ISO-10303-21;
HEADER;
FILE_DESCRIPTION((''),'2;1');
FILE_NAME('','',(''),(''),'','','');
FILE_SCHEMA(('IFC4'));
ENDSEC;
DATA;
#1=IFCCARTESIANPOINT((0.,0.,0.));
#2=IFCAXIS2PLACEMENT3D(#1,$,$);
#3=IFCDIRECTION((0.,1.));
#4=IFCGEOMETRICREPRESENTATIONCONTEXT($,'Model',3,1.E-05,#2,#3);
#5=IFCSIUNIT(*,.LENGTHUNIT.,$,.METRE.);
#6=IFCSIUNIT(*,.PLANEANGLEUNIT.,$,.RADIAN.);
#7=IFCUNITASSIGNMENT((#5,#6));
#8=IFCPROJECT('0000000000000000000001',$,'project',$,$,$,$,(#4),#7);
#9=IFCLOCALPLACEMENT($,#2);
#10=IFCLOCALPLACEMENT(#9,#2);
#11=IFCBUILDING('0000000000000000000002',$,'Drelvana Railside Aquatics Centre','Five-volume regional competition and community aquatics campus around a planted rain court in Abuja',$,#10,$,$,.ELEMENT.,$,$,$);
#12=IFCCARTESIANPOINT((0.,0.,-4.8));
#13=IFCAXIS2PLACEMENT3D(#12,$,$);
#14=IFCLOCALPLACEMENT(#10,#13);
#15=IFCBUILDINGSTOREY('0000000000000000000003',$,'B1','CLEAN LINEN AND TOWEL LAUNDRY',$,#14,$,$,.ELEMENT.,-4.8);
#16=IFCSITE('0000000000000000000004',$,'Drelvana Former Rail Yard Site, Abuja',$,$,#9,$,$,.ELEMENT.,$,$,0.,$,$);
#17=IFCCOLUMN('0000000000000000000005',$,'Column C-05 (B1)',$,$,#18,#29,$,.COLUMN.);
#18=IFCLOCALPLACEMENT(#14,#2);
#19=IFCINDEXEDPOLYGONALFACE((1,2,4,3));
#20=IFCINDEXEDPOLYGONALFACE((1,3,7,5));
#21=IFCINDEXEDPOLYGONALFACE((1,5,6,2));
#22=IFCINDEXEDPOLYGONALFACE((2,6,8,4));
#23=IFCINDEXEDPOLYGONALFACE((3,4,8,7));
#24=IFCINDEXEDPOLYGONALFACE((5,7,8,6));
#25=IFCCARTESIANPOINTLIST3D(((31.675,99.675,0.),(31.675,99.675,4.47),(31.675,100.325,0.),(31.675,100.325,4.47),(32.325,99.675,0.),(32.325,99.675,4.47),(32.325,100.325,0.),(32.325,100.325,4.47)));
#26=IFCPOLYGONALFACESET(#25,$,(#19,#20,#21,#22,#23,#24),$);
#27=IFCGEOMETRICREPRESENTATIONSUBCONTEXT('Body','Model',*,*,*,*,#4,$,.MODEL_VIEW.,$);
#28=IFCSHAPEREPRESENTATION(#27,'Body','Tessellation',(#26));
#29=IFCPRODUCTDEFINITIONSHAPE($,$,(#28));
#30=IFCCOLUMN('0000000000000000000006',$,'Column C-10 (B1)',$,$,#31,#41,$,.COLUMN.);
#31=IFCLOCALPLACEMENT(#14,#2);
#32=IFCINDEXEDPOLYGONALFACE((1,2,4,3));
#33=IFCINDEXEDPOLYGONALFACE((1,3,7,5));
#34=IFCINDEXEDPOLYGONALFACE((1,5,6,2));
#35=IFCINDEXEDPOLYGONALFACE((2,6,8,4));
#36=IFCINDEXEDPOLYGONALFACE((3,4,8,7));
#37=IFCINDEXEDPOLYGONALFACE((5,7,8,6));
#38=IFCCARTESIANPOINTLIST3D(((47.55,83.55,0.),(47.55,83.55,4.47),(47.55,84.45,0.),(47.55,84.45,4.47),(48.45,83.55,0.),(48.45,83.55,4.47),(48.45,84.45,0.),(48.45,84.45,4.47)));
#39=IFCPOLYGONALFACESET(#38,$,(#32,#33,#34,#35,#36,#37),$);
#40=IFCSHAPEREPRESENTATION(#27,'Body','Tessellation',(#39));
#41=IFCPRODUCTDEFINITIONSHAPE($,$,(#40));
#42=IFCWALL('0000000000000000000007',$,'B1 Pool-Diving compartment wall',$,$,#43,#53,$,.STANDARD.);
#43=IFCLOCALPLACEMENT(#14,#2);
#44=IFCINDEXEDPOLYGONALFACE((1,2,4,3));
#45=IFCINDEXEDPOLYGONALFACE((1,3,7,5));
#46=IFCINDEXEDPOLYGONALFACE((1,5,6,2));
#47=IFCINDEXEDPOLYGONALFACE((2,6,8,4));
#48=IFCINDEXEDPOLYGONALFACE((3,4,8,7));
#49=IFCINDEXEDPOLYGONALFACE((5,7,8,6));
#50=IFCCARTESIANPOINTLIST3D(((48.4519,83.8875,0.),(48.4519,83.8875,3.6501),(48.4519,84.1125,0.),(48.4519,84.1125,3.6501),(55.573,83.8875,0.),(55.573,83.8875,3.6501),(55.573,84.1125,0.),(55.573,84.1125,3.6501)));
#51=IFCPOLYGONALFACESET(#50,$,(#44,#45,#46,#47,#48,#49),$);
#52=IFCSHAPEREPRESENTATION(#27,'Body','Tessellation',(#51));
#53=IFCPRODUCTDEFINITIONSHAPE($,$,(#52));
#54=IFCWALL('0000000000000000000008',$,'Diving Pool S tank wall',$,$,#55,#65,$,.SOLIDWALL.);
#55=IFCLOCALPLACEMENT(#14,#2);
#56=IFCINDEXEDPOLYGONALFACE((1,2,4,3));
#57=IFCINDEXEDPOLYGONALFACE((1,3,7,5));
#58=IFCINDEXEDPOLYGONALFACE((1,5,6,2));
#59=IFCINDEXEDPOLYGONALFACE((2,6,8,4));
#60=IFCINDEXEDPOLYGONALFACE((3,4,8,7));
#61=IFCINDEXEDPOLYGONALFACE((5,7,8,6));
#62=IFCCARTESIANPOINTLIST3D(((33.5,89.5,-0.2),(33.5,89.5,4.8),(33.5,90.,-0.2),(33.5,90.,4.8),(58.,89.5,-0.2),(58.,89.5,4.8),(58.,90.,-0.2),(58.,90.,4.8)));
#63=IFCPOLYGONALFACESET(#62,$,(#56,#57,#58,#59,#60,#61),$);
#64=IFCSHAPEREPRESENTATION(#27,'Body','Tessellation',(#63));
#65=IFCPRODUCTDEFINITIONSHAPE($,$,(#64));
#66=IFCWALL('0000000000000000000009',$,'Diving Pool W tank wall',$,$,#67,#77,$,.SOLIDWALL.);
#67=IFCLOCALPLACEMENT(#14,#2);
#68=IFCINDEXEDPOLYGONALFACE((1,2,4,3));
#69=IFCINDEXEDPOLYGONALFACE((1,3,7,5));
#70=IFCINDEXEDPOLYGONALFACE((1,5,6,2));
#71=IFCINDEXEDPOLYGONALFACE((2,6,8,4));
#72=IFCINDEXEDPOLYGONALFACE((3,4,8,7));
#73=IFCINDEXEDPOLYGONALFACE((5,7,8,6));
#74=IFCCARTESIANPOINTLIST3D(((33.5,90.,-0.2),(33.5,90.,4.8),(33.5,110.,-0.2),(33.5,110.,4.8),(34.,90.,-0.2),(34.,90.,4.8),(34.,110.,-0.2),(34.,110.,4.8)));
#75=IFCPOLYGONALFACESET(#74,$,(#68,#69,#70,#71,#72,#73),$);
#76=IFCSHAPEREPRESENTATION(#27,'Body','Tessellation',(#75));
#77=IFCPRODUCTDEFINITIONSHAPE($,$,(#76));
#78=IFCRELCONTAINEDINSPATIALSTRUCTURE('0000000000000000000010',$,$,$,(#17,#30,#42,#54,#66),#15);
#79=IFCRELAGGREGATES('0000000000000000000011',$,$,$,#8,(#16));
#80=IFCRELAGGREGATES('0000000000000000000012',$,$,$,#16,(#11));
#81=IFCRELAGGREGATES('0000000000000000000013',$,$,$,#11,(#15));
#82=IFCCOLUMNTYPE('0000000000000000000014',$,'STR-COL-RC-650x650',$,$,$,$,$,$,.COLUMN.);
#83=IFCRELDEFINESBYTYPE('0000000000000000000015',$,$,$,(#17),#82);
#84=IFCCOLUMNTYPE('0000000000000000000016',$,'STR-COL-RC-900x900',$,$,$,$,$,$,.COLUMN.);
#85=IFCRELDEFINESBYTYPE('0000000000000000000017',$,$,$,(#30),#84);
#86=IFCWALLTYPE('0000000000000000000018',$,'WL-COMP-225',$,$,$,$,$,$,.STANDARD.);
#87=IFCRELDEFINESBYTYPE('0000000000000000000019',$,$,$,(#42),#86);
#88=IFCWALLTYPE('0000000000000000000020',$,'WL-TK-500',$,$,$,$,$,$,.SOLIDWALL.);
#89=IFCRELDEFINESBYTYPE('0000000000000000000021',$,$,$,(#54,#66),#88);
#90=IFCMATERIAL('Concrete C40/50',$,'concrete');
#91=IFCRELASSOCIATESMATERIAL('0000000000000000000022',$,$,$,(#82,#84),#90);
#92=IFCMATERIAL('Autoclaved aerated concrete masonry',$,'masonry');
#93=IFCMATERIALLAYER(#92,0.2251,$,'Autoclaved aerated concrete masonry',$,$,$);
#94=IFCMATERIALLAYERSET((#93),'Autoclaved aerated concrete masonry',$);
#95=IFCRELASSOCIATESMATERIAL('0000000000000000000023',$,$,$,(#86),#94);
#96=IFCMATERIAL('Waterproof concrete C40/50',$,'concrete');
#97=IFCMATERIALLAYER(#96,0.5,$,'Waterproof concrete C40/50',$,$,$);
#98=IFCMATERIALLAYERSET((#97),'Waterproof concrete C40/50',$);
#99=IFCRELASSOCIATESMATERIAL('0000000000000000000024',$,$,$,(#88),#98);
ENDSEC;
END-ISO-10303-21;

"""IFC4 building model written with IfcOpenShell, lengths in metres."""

from ifc_helpers import new_model, si_unit, direction, frame, frame_2d, origin, origin_2d, place, context, subcontext, project, spatial, rectangle, extrude, material, layer, layer_set, material_profile, profile_set, type_object, element, save


model = new_model("IFC4")

# Units and contexts
model_context = context("Model", 3, precision=1e-05, world=origin(), true_north=direction((0.0, 1.0)))
body_context = subcontext(model_context, "Body", "Model", "MODEL_VIEW")
ifc_project = project(units=[si_unit("LENGTHUNIT", "METRE"), si_unit("PLANEANGLEUNIT", "RADIAN")], contexts=[model_context])

# Site, building, storey
site_placement = place(None, origin())
site = spatial("IfcSite", under=ifc_project, at=site_placement, Name="Drelvana Former Rail Yard Site, Abuja", CompositionType="ELEMENT", RefElevation=0.0)
building_placement = place(site_placement, origin())
building = spatial("IfcBuilding", under=site, at=building_placement, Name="Drelvana Railside Aquatics Centre", Description="Five-volume regional competition and community aquatics campus around a planted rain court in Abuja", CompositionType="ELEMENT")
storey_placement = place(building_placement, frame((0.0, 0.0, -4.8)))
storey = spatial("IfcBuildingStorey", under=building, at=storey_placement, Name="B1", Description="CLEAN LINEN AND TOWEL LAUNDRY", CompositionType="ELEMENT", Elevation=-4.8)

# Columns
ifc_material_1 = material(Name="Concrete C40/50", Category="concrete")
ifc_material_profile_1 = material_profile(ifc_material_1, rectangle(XDim=0.6499, YDim=0.6499, at=origin_2d()), Name="RC 650x650")
ifc_profile_set_1 = profile_set([ifc_material_profile_1], Name="Concrete C40/50")
column_type_1 = type_object("IfcColumnType", Name="STR-COL-RC-650x650", PredefinedType="COLUMN", material=ifc_profile_set_1)
for number, where, z_axis, x_axis, name in (
    (1, (32.0, 100.0, 0.0), (0.0, 0.0, 1.0), (1.0, 0.0, 0.0), "Column C-05 (B1)"),
):
    element("IfcColumn", number, at=place(storey_placement, frame(where, z_axis=z_axis, x_axis=x_axis)), inside=storey, type_object=column_type_1, Name=name, PredefinedType="COLUMN", context=body_context, shape_type="SweptSolid", body=[
        extrude(rectangle(XDim=0.6499, YDim=0.6499, at=origin_2d()), origin(), (0.0, 0.0, 1.0), 4.47),
    ])
ifc_material_profile_2 = material_profile(ifc_material_1, rectangle(XDim=0.8999, YDim=0.8999, at=origin_2d()), Name="RC 900x900")
ifc_profile_set_2 = profile_set([ifc_material_profile_2], Name="Concrete C40/50")
column_type_2 = type_object("IfcColumnType", Name="STR-COL-RC-900x900", PredefinedType="COLUMN", material=ifc_profile_set_2)
column_placement = place(storey_placement, frame((48.0, 84.0, 0.0), z_axis=(0.0, 0.0, 1.0), x_axis=(1.0, 0.0, 0.0)))
element("IfcColumn", 2, at=column_placement, inside=storey, type_object=column_type_2, Name="Column C-10 (B1)", PredefinedType="COLUMN", context=body_context, shape_type="SweptSolid", body=[
    extrude(rectangle(XDim=0.8999, YDim=0.8999, at=origin_2d()), origin(), (0.0, 0.0, 1.0), 4.47),
])

# Walls
ifc_material_2 = material(Name="Autoclaved aerated concrete masonry", Category="masonry")
ifc_layer_1 = layer(ifc_material_2, 0.2251, Name="Autoclaved aerated concrete masonry")
ifc_layer_set_1 = layer_set([ifc_layer_1], Name="Autoclaved aerated concrete masonry")
wall_type_1 = type_object("IfcWallType", Name="WL-COMP-225", PredefinedType="STANDARD", material=ifc_layer_set_1)
wall_1_placement = place(storey_placement, frame((48.4519, 84.0, 0.0), z_axis=(0.0, 0.0, 1.0), x_axis=(1.0, 0.0, 0.0)))
element("IfcWall", 3, at=wall_1_placement, inside=storey, type_object=wall_type_1, Name="B1 Pool-Diving compartment wall", PredefinedType="STANDARD", context=body_context, shape_type="SweptSolid", body=[
    extrude(rectangle(XDim=7.1211, YDim=0.2251, at=frame_2d((3.5605, 0.0))), origin(), (0.0, 0.0, 1.0), 3.6501),
])
ifc_material_3 = material(Name="Waterproof concrete C40/50", Category="concrete")
ifc_layer_2 = layer(ifc_material_3, 0.5, Name="Waterproof concrete C40/50")
ifc_layer_set_2 = layer_set([ifc_layer_2], Name="Waterproof concrete C40/50")
wall_type_2 = type_object("IfcWallType", Name="WL-TK-500", PredefinedType="SOLIDWALL", material=ifc_layer_set_2)
wall_2_placement = place(storey_placement, frame((33.5, 89.75, -0.2), z_axis=(0.0, 0.0, 1.0), x_axis=(1.0, 0.0, 0.0)))
element("IfcWall", 4, at=wall_2_placement, inside=storey, type_object=wall_type_2, Name="Diving Pool S tank wall", PredefinedType="SOLIDWALL", context=body_context, shape_type="SweptSolid", body=[
    extrude(rectangle(XDim=24.5, YDim=0.5, at=frame_2d((12.25, 0.0))), origin(), (0.0, 0.0, 1.0), 5.0),
])
wall_3_placement = place(storey_placement, frame((33.75, 90.0, -0.2), z_axis=(0.0, 0.0, 1.0), x_axis=(0.0, 1.0, 0.0)))
element("IfcWall", 5, at=wall_3_placement, inside=storey, type_object=wall_type_2, Name="Diving Pool W tank wall", PredefinedType="SOLIDWALL", context=body_context, shape_type="SweptSolid", body=[
    extrude(rectangle(XDim=20.0, YDim=0.5, at=frame_2d((10.0, 0.0))), origin(), (0.0, 0.0, 1.0), 5.0),
])

save(model, "model.ifc")
